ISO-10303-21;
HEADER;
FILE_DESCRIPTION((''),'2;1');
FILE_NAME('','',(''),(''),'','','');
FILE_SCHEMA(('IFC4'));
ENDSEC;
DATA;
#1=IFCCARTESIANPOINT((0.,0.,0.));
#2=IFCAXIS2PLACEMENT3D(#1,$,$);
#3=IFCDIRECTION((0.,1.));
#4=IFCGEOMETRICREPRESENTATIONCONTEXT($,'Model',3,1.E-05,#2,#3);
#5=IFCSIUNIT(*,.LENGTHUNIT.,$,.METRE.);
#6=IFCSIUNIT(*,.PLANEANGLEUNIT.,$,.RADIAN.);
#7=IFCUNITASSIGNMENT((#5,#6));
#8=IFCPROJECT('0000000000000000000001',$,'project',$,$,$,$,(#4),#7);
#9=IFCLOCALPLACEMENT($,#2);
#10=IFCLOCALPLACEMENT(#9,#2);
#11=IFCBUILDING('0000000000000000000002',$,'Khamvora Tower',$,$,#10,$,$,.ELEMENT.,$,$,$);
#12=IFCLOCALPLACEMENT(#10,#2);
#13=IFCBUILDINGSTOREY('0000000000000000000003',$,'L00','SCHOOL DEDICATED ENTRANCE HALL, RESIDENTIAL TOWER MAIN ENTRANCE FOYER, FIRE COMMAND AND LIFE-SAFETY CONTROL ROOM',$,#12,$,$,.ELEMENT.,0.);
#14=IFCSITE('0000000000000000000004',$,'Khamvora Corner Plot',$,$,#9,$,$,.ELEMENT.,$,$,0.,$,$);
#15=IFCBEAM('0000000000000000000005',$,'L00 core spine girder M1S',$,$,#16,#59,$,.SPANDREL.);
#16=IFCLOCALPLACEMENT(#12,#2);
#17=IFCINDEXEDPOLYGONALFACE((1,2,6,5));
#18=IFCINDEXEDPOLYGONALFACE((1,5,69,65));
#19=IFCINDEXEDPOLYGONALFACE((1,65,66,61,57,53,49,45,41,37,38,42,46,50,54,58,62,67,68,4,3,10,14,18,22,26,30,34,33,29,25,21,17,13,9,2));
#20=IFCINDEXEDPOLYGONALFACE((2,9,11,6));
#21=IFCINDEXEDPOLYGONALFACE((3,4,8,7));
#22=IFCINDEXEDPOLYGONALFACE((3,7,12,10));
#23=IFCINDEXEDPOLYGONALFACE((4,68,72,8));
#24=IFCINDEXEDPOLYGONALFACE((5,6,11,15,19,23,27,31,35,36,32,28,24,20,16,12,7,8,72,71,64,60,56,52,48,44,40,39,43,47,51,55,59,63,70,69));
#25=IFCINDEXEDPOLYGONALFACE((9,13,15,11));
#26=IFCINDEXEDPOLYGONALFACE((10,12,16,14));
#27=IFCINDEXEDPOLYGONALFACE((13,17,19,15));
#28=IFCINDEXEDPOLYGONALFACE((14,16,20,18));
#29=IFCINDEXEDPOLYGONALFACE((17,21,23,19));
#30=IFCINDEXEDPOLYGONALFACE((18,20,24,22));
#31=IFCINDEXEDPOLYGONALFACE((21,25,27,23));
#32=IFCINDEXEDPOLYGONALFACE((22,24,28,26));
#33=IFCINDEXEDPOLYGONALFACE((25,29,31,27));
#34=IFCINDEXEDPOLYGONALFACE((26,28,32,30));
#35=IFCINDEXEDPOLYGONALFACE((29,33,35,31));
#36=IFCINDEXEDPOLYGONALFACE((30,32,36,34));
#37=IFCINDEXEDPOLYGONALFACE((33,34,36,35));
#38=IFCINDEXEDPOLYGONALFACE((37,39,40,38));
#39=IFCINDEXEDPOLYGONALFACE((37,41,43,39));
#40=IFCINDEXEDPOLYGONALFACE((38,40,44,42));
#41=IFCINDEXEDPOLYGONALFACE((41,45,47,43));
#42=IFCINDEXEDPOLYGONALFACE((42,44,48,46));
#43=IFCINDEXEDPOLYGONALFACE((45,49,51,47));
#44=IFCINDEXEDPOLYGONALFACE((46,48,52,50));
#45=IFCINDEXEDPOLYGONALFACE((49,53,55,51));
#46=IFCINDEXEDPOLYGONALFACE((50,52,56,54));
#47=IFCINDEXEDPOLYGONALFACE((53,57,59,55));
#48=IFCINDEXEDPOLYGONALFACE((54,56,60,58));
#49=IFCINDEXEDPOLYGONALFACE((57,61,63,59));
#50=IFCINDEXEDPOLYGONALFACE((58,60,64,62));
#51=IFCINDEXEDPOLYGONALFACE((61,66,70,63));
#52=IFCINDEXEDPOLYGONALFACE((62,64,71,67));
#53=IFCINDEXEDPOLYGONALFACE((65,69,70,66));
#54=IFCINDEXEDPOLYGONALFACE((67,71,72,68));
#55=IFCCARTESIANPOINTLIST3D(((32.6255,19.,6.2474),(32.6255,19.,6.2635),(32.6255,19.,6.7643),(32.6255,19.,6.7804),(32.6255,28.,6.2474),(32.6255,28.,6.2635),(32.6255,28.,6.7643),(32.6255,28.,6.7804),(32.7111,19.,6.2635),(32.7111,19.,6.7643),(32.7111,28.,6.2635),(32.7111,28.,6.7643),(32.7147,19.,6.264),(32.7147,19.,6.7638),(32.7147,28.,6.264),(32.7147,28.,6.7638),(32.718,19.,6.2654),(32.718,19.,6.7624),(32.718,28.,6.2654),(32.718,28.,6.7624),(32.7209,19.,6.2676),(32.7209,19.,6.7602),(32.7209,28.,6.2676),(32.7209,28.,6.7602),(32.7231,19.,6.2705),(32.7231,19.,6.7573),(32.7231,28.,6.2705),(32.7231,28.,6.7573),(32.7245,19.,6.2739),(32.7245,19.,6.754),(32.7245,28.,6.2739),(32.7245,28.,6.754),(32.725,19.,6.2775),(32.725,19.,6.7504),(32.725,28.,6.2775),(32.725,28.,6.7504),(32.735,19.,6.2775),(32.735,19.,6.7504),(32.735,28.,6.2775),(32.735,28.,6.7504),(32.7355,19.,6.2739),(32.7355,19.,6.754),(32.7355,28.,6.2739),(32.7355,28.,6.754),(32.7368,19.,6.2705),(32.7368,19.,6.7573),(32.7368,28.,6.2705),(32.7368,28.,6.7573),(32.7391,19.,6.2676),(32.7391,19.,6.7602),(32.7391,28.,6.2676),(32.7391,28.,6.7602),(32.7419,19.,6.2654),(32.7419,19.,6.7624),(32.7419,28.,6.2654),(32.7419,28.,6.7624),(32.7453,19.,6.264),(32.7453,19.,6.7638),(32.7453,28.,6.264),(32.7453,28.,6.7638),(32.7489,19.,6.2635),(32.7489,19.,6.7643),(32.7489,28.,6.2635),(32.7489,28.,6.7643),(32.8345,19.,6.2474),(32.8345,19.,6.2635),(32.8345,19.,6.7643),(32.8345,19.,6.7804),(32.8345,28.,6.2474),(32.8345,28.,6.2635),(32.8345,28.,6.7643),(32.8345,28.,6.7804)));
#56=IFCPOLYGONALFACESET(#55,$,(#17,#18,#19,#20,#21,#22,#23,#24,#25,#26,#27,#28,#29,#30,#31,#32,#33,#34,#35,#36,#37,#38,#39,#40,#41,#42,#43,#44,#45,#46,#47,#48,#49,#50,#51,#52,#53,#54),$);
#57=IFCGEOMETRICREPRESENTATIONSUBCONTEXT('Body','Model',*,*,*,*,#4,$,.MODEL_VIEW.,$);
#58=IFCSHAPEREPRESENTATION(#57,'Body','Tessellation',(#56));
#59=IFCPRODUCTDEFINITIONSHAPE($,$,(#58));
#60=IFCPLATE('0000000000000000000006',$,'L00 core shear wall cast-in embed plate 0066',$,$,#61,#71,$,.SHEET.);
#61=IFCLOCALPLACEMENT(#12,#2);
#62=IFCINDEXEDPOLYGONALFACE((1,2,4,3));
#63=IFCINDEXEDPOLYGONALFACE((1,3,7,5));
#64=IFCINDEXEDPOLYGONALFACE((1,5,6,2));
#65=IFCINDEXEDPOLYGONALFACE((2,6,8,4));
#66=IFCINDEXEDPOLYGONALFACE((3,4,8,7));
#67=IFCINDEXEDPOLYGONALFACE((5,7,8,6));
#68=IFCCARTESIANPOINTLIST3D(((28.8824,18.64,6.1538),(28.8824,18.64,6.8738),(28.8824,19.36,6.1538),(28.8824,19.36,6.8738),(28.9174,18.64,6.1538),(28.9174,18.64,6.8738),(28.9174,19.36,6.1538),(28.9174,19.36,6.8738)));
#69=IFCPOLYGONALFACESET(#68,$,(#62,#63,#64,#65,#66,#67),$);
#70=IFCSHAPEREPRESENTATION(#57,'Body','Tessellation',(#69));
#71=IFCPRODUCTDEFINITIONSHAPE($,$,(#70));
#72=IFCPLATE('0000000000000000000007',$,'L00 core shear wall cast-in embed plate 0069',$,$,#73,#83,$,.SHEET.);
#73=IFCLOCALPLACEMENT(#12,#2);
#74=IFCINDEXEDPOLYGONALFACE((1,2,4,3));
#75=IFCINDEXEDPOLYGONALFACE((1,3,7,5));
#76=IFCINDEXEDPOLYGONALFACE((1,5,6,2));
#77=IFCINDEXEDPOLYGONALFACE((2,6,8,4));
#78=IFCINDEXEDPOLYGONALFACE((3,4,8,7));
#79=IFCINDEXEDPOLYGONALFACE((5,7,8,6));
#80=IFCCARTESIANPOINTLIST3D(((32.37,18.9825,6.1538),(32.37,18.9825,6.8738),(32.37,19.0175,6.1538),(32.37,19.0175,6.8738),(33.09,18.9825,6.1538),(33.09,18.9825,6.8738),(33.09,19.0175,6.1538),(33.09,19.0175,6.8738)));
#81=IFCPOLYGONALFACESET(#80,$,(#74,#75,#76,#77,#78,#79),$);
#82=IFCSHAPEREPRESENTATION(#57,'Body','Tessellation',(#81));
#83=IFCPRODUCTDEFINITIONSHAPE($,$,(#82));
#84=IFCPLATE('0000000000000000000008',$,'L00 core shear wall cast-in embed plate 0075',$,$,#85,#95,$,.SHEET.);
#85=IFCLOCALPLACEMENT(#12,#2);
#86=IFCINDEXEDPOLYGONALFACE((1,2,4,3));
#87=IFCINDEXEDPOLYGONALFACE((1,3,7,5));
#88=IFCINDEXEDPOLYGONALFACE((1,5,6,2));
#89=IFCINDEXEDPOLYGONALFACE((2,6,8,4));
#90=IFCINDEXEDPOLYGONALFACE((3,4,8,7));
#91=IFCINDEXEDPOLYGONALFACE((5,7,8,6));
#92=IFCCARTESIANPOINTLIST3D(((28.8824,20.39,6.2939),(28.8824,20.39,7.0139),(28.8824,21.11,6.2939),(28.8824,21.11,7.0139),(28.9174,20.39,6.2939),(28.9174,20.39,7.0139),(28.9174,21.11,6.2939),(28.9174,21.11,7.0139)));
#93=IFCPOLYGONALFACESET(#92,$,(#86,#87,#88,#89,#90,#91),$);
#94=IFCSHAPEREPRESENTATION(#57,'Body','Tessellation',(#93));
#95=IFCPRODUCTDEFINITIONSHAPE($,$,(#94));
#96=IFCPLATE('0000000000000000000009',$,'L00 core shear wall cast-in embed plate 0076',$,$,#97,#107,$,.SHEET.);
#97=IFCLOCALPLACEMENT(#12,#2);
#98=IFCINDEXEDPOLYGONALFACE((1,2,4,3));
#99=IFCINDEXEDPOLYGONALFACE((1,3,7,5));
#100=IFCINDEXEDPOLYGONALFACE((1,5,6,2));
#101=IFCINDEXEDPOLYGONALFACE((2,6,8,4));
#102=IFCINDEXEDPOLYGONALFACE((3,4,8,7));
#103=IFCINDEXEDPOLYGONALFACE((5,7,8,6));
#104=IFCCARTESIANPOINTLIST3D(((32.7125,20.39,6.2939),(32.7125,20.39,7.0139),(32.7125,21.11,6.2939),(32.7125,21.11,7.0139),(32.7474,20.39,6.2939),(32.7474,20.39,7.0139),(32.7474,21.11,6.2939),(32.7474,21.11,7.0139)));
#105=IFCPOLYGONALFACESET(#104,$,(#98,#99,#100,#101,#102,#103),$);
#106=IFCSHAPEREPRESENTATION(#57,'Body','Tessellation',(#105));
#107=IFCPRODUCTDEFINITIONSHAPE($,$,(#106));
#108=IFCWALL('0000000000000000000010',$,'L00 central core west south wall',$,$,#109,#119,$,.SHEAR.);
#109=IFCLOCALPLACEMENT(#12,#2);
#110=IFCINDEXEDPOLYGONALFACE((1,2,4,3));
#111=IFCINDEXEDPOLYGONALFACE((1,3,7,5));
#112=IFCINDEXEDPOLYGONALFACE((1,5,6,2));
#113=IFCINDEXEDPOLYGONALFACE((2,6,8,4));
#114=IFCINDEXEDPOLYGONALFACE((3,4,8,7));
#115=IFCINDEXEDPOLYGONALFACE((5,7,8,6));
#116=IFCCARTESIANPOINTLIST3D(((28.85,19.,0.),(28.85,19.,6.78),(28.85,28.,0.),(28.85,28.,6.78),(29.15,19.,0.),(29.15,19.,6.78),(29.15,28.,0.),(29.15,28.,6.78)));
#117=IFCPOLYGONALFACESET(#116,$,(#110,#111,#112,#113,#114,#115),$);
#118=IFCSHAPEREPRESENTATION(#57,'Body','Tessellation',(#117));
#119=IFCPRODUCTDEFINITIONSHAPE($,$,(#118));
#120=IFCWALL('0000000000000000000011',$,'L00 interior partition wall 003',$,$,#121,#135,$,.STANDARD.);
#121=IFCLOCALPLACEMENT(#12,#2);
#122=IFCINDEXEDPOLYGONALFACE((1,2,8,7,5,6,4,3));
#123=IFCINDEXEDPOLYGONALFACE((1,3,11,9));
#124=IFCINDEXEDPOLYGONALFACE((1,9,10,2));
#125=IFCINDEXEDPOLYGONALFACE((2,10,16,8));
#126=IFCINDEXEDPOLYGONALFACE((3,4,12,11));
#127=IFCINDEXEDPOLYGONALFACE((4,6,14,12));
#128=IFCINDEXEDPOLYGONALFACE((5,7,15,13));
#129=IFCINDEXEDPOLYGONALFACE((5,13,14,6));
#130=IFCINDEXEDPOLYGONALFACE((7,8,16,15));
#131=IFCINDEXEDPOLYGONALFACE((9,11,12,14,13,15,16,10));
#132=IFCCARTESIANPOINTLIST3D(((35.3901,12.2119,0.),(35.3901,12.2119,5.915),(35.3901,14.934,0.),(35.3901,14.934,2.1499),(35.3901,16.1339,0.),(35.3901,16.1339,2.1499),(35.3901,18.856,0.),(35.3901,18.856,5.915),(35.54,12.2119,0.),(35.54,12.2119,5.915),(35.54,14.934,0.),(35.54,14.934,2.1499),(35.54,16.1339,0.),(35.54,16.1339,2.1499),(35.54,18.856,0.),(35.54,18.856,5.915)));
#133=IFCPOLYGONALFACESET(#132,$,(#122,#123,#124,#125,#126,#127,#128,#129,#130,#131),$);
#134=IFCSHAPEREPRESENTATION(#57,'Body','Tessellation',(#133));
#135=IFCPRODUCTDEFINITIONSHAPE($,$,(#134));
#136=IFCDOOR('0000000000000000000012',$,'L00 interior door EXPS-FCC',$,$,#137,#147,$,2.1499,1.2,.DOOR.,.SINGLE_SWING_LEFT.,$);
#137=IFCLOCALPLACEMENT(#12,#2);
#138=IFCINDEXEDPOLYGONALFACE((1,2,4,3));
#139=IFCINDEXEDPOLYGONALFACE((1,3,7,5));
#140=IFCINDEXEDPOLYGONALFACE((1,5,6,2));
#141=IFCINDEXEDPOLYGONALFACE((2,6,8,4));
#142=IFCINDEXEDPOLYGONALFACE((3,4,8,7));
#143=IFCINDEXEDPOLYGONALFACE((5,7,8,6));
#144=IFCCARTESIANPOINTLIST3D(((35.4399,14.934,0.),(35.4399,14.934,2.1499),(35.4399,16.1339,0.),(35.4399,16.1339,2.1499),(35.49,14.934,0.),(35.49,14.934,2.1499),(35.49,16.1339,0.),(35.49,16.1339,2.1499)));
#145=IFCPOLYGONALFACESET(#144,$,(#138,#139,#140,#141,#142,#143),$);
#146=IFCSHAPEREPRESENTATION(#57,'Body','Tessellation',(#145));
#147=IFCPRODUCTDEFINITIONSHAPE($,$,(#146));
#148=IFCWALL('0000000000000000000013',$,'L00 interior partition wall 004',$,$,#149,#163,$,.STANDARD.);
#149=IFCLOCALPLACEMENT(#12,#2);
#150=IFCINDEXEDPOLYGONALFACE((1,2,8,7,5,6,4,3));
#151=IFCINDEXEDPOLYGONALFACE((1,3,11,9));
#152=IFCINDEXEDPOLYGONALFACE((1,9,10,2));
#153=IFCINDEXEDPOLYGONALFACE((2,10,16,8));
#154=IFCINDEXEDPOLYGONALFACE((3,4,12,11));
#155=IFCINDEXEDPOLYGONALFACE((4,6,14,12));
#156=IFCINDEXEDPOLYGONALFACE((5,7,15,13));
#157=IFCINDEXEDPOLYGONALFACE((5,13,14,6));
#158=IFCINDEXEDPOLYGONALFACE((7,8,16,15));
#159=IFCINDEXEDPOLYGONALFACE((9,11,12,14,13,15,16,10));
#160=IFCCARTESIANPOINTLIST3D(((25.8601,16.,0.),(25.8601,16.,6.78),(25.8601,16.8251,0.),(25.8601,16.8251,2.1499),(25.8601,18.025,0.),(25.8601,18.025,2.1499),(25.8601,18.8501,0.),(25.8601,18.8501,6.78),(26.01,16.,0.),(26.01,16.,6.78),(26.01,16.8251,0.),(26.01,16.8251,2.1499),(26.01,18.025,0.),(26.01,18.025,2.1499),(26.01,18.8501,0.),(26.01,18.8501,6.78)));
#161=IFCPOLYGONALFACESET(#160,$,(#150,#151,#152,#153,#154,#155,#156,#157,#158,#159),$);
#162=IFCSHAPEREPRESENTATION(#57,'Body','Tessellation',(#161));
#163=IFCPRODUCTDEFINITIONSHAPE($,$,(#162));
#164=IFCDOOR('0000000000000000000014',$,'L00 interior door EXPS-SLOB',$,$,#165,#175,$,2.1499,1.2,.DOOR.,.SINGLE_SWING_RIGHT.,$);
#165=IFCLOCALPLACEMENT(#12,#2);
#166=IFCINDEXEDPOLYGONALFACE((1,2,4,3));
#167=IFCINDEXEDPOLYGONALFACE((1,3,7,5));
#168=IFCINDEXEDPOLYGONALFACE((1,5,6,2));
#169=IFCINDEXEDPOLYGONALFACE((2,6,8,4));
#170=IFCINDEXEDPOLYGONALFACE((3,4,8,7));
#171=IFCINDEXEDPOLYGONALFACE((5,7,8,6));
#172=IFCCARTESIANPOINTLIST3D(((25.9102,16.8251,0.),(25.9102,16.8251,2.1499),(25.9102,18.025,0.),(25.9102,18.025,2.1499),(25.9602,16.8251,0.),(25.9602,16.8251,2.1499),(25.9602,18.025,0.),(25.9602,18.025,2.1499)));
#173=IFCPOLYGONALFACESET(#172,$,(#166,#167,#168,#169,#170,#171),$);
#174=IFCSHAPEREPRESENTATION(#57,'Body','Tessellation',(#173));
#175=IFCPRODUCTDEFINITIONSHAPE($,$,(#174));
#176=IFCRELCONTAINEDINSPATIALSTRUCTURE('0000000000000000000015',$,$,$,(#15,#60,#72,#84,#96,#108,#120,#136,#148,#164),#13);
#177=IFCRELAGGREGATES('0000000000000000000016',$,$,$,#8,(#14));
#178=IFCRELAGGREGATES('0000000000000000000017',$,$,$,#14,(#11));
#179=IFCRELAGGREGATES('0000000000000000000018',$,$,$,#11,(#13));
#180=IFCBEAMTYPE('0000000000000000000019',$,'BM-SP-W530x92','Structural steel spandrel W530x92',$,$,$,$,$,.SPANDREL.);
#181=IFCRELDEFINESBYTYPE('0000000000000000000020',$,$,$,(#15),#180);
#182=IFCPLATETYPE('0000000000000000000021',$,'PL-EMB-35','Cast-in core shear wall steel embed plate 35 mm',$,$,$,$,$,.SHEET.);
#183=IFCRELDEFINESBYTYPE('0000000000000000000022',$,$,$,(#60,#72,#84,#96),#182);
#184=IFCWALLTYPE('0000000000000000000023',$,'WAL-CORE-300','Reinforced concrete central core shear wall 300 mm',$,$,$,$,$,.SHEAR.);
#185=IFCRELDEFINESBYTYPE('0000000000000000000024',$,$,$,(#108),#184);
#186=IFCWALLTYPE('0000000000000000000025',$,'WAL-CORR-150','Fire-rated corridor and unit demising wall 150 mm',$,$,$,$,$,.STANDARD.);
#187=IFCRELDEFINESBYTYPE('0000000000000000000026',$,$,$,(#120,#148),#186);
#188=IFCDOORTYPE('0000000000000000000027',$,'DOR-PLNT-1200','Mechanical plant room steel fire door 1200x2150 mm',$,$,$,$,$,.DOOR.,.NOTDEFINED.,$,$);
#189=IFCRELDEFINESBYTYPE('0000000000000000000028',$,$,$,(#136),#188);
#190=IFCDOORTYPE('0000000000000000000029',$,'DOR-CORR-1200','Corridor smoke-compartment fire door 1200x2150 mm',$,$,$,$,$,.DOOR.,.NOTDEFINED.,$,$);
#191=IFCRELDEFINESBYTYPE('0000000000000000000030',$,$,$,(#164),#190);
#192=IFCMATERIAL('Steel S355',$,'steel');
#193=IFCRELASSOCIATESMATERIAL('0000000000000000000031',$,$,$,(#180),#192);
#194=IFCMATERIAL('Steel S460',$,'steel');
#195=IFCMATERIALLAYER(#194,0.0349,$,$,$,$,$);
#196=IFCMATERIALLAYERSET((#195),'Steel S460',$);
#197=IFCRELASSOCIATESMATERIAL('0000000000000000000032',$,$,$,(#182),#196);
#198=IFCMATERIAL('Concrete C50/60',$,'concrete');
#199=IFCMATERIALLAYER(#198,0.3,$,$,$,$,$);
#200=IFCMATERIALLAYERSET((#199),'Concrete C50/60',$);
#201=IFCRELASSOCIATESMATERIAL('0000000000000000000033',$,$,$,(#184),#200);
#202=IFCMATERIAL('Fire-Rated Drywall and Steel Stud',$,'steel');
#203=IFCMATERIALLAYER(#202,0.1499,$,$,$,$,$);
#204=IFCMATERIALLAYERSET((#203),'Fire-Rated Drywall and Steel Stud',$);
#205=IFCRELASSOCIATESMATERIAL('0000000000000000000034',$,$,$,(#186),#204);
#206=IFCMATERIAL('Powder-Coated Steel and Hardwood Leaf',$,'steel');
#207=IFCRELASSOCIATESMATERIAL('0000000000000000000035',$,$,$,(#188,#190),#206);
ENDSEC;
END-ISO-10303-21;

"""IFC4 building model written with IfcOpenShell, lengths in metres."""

from ifc_helpers import new_model, si_unit, direction, frame, frame_2d, origin, origin_2d, place, context, subcontext, project, spatial, rectangle, i_section, extrude, material, layer, layer_set, material_profile, profile_set, type_object, element, fill, save


model = new_model("IFC4")

# Units and contexts
model_context = context("Model", 3, precision=1e-05, world=origin(), true_north=direction((0.0, 1.0)))
body_context = subcontext(model_context, "Body", "Model", "MODEL_VIEW")
ifc_project = project(units=[si_unit("LENGTHUNIT", "METRE"), si_unit("PLANEANGLEUNIT", "RADIAN")], contexts=[model_context])

# Site, building, storey
site_placement = place(None, origin())
site = spatial("IfcSite", under=ifc_project, at=site_placement, Name="Khamvora Corner Plot", CompositionType="ELEMENT", RefElevation=0.0)
building_placement = place(site_placement, origin())
building = spatial("IfcBuilding", under=site, at=building_placement, Name="Khamvora Tower", CompositionType="ELEMENT")
storey_placement = place(building_placement, origin())
storey = spatial("IfcBuildingStorey", under=building, at=storey_placement, Name="L00", Description="SCHOOL DEDICATED ENTRANCE HALL, RESIDENTIAL TOWER MAIN ENTRANCE FOYER, FIRE COMMAND AND LIFE-SAFETY CONTROL ROOM", CompositionType="ELEMENT", Elevation=0.0)

# Shared definitions
ifc_material_1 = material(Name="Steel S460", Category="steel")

# Beam
ifc_material_2 = material(Name="Steel S355", Category="steel")
ifc_material_profile_1 = material_profile(ifc_material_2, i_section(OverallWidth=0.209, OverallDepth=0.533, WebThickness=0.01, FlangeThickness=0.0161, FilletRadius=0.0139, at=origin_2d()), Name="W530x92")
ifc_profile_set_1 = profile_set([ifc_material_profile_1], Name="Steel S355")
beam_type_1 = type_object("IfcBeamType", Name="BM-SP-W530x92", Description="Structural steel spandrel W530x92", PredefinedType="SPANDREL", material=ifc_profile_set_1)
for number, where, z_axis, x_axis, name in (
    (1, (32.73, 19.0, 6.5139), (0.0, 1.0, 0.0), (-1.0, 0.0, 0.0), "L00 core spine girder M1S"),
):
    element("IfcBeam", number, at=place(storey_placement, frame(where, z_axis=z_axis, x_axis=x_axis)), inside=storey, type_object=beam_type_1, Name=name, PredefinedType="SPANDREL", context=body_context, shape_type="SweptSolid", body=[
        extrude(i_section(OverallWidth=0.209, OverallDepth=0.533, WebThickness=0.01, FlangeThickness=0.0161, FilletRadius=0.0139, at=origin_2d()), origin(), (0.0, 0.0, 1.0), 9.0),
    ])

# Plates
ifc_layer_1 = layer(ifc_material_1, 0.0349)
ifc_layer_set_1 = layer_set([ifc_layer_1], Name="Steel S460")
plate_type = type_object("IfcPlateType", Name="PL-EMB-35", Description="Cast-in core shear wall steel embed plate 35 mm", PredefinedType="SHEET", material=ifc_layer_set_1)
plate_1_placement = place(storey_placement, frame((28.8999, 19.0, 6.1538), z_axis=(0.0, 0.0, 1.0), x_axis=(1.0, 0.0, 0.0)))
element("IfcPlate", 2, at=plate_1_placement, inside=storey, type_object=plate_type, Name="L00 core shear wall cast-in embed plate 0066", PredefinedType="SHEET", context=body_context, shape_type="SweptSolid", body=[
    extrude(rectangle(XDim=0.0349, YDim=0.72, at=origin_2d()), origin(), (0.0, 0.0, 1.0), 0.72),
])
plate_2_placement = place(storey_placement, frame((32.73, 19.0, 6.1538), z_axis=(0.0, 0.0, 1.0), x_axis=(1.0, 0.0, 0.0)))
element("IfcPlate", 3, at=plate_2_placement, inside=storey, type_object=plate_type, Name="L00 core shear wall cast-in embed plate 0069", PredefinedType="SHEET", context=body_context, shape_type="SweptSolid", body=[
    extrude(rectangle(XDim=0.72, YDim=0.0349, at=origin_2d()), origin(), (0.0, 0.0, 1.0), 0.72),
])
for number, where, z_axis, x_axis, name in (
    (4, (28.8999, 20.75, 6.2939), (0.0, 0.0, 1.0), (1.0, 0.0, 0.0), "L00 core shear wall cast-in embed plate 0075"),
    (5, (32.73, 20.75, 6.2939), (0.0, 0.0, 1.0), (1.0, 0.0, 0.0), "L00 core shear wall cast-in embed plate 0076"),
):
    element("IfcPlate", number, at=place(storey_placement, frame(where, z_axis=z_axis, x_axis=x_axis)), inside=storey, type_object=plate_type, Name=name, PredefinedType="SHEET", context=body_context, shape_type="SweptSolid", body=[
        extrude(rectangle(XDim=0.0349, YDim=0.72, at=origin_2d()), origin(), (0.0, 0.0, 1.0), 0.72),
    ])

# Wall
ifc_material_3 = material(Name="Concrete C50/60", Category="concrete")
ifc_layer_2 = layer(ifc_material_3, 0.3)
ifc_layer_set_2 = layer_set([ifc_layer_2], Name="Concrete C50/60")
wall_type_1 = type_object("IfcWallType", Name="WAL-CORE-300", Description="Reinforced concrete central core shear wall 300 mm", PredefinedType="SHEAR", material=ifc_layer_set_2)
wall_1_placement = place(storey_placement, frame((29.0, 19.0, 0.0), z_axis=(0.0, 0.0, 1.0), x_axis=(0.0, 1.0, 0.0)))
element("IfcWall", 6, at=wall_1_placement, inside=storey, type_object=wall_type_1, Name="L00 central core west south wall", PredefinedType="SHEAR", context=body_context, shape_type="SweptSolid", body=[
    extrude(rectangle(XDim=9.0, YDim=0.3, at=frame_2d((4.5, 0.0))), origin(), (0.0, 0.0, 1.0), 6.78),
])

# Shared definitions
ifc_material_4 = material(Name="Powder-Coated Steel and Hardwood Leaf", Category="steel")

# Walls, openings, doors
ifc_material_5 = material(Name="Fire-Rated Drywall and Steel Stud", Category="steel")
ifc_layer_3 = layer(ifc_material_5, 0.1499)
ifc_layer_set_3 = layer_set([ifc_layer_3], Name="Fire-Rated Drywall and Steel Stud")
wall_type_2 = type_object("IfcWallType", Name="WAL-CORR-150", Description="Fire-rated corridor and unit demising wall 150 mm", PredefinedType="STANDARD", material=ifc_layer_set_3)
wall_2_placement = place(storey_placement, frame((35.4651, 18.856, 0.0), z_axis=(0.0, 0.0, 1.0), x_axis=(0.0, -1.0, 0.0)))
wall_2 = element("IfcWall", 7, at=wall_2_placement, inside=storey, type_object=wall_type_2, Name="L00 interior partition wall 003", PredefinedType="STANDARD", context=body_context, shape_type="SweptSolid", body=[
    extrude(rectangle(XDim=6.644, YDim=0.1499, at=frame_2d((3.322, 0.0))), origin(), (0.0, 0.0, 1.0), 5.915),
])
opening_1_placement = place(wall_2_placement, frame((2.7219, 0.0, 0.0)))
opening_1 = element("IfcOpeningElement", 8, at=opening_1_placement, cuts=wall_2, PredefinedType="OPENING", context=body_context, shape_type="SweptSolid", body=[
    extrude(rectangle(XDim=1.2, YDim=2.1499, at=frame_2d((0.6001, 1.075))), frame((0.0, 0.085, 0.0), z_axis=(0.0, -1.0, 0.0), x_axis=(1.0, 0.0, 0.0)), (0.0, 0.0, 1.0), 0.1699),
])
door_type_1 = type_object("IfcDoorType", Name="DOR-PLNT-1200", Description="Mechanical plant room steel fire door 1200x2150 mm", OperationType="NOTDEFINED", PredefinedType="DOOR", material=ifc_material_4)
door_1_placement = place(opening_1_placement, origin())
door_1 = element("IfcDoor", 9, at=door_1_placement, inside=storey, type_object=door_type_1, Name="L00 interior door EXPS-FCC", OperationType="SINGLE_SWING_LEFT", OverallHeight=2.1499, OverallWidth=1.2, PredefinedType="DOOR", context=body_context, shape_type="SweptSolid", body=[
    extrude(rectangle(XDim=1.2, YDim=2.1499, at=frame_2d((0.6001, 1.075))), frame((0.0, 0.0249, 0.0), z_axis=(0.0, -1.0, 0.0), x_axis=(1.0, 0.0, 0.0)), (0.0, 0.0, 1.0), 0.05),
])
fill(opening_1, door_1)
wall_3_placement = place(storey_placement, frame((25.9351, 16.0, 0.0), z_axis=(0.0, 0.0, 1.0), x_axis=(0.0, 1.0, 0.0)))
wall_3 = element("IfcWall", 10, at=wall_3_placement, inside=storey, type_object=wall_type_2, Name="L00 interior partition wall 004", PredefinedType="STANDARD", context=body_context, shape_type="SweptSolid", body=[
    extrude(rectangle(XDim=2.8501, YDim=0.1499, at=frame_2d((1.425, 0.0))), origin(), (0.0, 0.0, 1.0), 6.78),
])
opening_2_placement = place(wall_3_placement, frame((0.825, 0.0, 0.0)))
opening_2 = element("IfcOpeningElement", 11, at=opening_2_placement, cuts=wall_3, PredefinedType="OPENING", context=body_context, shape_type="SweptSolid", body=[
    extrude(rectangle(XDim=1.2, YDim=2.1499, at=frame_2d((0.6001, 1.075))), frame((0.0, 0.085, 0.0), z_axis=(0.0, -1.0, 0.0), x_axis=(1.0, 0.0, 0.0)), (0.0, 0.0, 1.0), 0.1699),
])
door_type_2 = type_object("IfcDoorType", Name="DOR-CORR-1200", Description="Corridor smoke-compartment fire door 1200x2150 mm", OperationType="NOTDEFINED", PredefinedType="DOOR", material=ifc_material_4)
door_2_placement = place(opening_2_placement, origin())
door_2 = element("IfcDoor", 12, at=door_2_placement, inside=storey, type_object=door_type_2, Name="L00 interior door EXPS-SLOB", OperationType="SINGLE_SWING_RIGHT", OverallHeight=2.1499, OverallWidth=1.2, PredefinedType="DOOR", context=body_context, shape_type="SweptSolid", body=[
    extrude(rectangle(XDim=1.2, YDim=2.1499, at=frame_2d((0.6001, 1.075))), frame((0.0, 0.0249, 0.0), z_axis=(0.0, -1.0, 0.0), x_axis=(1.0, 0.0, 0.0)), (0.0, 0.0, 1.0), 0.05),
])
fill(opening_2, door_2)

save(model, "model.ifc")
